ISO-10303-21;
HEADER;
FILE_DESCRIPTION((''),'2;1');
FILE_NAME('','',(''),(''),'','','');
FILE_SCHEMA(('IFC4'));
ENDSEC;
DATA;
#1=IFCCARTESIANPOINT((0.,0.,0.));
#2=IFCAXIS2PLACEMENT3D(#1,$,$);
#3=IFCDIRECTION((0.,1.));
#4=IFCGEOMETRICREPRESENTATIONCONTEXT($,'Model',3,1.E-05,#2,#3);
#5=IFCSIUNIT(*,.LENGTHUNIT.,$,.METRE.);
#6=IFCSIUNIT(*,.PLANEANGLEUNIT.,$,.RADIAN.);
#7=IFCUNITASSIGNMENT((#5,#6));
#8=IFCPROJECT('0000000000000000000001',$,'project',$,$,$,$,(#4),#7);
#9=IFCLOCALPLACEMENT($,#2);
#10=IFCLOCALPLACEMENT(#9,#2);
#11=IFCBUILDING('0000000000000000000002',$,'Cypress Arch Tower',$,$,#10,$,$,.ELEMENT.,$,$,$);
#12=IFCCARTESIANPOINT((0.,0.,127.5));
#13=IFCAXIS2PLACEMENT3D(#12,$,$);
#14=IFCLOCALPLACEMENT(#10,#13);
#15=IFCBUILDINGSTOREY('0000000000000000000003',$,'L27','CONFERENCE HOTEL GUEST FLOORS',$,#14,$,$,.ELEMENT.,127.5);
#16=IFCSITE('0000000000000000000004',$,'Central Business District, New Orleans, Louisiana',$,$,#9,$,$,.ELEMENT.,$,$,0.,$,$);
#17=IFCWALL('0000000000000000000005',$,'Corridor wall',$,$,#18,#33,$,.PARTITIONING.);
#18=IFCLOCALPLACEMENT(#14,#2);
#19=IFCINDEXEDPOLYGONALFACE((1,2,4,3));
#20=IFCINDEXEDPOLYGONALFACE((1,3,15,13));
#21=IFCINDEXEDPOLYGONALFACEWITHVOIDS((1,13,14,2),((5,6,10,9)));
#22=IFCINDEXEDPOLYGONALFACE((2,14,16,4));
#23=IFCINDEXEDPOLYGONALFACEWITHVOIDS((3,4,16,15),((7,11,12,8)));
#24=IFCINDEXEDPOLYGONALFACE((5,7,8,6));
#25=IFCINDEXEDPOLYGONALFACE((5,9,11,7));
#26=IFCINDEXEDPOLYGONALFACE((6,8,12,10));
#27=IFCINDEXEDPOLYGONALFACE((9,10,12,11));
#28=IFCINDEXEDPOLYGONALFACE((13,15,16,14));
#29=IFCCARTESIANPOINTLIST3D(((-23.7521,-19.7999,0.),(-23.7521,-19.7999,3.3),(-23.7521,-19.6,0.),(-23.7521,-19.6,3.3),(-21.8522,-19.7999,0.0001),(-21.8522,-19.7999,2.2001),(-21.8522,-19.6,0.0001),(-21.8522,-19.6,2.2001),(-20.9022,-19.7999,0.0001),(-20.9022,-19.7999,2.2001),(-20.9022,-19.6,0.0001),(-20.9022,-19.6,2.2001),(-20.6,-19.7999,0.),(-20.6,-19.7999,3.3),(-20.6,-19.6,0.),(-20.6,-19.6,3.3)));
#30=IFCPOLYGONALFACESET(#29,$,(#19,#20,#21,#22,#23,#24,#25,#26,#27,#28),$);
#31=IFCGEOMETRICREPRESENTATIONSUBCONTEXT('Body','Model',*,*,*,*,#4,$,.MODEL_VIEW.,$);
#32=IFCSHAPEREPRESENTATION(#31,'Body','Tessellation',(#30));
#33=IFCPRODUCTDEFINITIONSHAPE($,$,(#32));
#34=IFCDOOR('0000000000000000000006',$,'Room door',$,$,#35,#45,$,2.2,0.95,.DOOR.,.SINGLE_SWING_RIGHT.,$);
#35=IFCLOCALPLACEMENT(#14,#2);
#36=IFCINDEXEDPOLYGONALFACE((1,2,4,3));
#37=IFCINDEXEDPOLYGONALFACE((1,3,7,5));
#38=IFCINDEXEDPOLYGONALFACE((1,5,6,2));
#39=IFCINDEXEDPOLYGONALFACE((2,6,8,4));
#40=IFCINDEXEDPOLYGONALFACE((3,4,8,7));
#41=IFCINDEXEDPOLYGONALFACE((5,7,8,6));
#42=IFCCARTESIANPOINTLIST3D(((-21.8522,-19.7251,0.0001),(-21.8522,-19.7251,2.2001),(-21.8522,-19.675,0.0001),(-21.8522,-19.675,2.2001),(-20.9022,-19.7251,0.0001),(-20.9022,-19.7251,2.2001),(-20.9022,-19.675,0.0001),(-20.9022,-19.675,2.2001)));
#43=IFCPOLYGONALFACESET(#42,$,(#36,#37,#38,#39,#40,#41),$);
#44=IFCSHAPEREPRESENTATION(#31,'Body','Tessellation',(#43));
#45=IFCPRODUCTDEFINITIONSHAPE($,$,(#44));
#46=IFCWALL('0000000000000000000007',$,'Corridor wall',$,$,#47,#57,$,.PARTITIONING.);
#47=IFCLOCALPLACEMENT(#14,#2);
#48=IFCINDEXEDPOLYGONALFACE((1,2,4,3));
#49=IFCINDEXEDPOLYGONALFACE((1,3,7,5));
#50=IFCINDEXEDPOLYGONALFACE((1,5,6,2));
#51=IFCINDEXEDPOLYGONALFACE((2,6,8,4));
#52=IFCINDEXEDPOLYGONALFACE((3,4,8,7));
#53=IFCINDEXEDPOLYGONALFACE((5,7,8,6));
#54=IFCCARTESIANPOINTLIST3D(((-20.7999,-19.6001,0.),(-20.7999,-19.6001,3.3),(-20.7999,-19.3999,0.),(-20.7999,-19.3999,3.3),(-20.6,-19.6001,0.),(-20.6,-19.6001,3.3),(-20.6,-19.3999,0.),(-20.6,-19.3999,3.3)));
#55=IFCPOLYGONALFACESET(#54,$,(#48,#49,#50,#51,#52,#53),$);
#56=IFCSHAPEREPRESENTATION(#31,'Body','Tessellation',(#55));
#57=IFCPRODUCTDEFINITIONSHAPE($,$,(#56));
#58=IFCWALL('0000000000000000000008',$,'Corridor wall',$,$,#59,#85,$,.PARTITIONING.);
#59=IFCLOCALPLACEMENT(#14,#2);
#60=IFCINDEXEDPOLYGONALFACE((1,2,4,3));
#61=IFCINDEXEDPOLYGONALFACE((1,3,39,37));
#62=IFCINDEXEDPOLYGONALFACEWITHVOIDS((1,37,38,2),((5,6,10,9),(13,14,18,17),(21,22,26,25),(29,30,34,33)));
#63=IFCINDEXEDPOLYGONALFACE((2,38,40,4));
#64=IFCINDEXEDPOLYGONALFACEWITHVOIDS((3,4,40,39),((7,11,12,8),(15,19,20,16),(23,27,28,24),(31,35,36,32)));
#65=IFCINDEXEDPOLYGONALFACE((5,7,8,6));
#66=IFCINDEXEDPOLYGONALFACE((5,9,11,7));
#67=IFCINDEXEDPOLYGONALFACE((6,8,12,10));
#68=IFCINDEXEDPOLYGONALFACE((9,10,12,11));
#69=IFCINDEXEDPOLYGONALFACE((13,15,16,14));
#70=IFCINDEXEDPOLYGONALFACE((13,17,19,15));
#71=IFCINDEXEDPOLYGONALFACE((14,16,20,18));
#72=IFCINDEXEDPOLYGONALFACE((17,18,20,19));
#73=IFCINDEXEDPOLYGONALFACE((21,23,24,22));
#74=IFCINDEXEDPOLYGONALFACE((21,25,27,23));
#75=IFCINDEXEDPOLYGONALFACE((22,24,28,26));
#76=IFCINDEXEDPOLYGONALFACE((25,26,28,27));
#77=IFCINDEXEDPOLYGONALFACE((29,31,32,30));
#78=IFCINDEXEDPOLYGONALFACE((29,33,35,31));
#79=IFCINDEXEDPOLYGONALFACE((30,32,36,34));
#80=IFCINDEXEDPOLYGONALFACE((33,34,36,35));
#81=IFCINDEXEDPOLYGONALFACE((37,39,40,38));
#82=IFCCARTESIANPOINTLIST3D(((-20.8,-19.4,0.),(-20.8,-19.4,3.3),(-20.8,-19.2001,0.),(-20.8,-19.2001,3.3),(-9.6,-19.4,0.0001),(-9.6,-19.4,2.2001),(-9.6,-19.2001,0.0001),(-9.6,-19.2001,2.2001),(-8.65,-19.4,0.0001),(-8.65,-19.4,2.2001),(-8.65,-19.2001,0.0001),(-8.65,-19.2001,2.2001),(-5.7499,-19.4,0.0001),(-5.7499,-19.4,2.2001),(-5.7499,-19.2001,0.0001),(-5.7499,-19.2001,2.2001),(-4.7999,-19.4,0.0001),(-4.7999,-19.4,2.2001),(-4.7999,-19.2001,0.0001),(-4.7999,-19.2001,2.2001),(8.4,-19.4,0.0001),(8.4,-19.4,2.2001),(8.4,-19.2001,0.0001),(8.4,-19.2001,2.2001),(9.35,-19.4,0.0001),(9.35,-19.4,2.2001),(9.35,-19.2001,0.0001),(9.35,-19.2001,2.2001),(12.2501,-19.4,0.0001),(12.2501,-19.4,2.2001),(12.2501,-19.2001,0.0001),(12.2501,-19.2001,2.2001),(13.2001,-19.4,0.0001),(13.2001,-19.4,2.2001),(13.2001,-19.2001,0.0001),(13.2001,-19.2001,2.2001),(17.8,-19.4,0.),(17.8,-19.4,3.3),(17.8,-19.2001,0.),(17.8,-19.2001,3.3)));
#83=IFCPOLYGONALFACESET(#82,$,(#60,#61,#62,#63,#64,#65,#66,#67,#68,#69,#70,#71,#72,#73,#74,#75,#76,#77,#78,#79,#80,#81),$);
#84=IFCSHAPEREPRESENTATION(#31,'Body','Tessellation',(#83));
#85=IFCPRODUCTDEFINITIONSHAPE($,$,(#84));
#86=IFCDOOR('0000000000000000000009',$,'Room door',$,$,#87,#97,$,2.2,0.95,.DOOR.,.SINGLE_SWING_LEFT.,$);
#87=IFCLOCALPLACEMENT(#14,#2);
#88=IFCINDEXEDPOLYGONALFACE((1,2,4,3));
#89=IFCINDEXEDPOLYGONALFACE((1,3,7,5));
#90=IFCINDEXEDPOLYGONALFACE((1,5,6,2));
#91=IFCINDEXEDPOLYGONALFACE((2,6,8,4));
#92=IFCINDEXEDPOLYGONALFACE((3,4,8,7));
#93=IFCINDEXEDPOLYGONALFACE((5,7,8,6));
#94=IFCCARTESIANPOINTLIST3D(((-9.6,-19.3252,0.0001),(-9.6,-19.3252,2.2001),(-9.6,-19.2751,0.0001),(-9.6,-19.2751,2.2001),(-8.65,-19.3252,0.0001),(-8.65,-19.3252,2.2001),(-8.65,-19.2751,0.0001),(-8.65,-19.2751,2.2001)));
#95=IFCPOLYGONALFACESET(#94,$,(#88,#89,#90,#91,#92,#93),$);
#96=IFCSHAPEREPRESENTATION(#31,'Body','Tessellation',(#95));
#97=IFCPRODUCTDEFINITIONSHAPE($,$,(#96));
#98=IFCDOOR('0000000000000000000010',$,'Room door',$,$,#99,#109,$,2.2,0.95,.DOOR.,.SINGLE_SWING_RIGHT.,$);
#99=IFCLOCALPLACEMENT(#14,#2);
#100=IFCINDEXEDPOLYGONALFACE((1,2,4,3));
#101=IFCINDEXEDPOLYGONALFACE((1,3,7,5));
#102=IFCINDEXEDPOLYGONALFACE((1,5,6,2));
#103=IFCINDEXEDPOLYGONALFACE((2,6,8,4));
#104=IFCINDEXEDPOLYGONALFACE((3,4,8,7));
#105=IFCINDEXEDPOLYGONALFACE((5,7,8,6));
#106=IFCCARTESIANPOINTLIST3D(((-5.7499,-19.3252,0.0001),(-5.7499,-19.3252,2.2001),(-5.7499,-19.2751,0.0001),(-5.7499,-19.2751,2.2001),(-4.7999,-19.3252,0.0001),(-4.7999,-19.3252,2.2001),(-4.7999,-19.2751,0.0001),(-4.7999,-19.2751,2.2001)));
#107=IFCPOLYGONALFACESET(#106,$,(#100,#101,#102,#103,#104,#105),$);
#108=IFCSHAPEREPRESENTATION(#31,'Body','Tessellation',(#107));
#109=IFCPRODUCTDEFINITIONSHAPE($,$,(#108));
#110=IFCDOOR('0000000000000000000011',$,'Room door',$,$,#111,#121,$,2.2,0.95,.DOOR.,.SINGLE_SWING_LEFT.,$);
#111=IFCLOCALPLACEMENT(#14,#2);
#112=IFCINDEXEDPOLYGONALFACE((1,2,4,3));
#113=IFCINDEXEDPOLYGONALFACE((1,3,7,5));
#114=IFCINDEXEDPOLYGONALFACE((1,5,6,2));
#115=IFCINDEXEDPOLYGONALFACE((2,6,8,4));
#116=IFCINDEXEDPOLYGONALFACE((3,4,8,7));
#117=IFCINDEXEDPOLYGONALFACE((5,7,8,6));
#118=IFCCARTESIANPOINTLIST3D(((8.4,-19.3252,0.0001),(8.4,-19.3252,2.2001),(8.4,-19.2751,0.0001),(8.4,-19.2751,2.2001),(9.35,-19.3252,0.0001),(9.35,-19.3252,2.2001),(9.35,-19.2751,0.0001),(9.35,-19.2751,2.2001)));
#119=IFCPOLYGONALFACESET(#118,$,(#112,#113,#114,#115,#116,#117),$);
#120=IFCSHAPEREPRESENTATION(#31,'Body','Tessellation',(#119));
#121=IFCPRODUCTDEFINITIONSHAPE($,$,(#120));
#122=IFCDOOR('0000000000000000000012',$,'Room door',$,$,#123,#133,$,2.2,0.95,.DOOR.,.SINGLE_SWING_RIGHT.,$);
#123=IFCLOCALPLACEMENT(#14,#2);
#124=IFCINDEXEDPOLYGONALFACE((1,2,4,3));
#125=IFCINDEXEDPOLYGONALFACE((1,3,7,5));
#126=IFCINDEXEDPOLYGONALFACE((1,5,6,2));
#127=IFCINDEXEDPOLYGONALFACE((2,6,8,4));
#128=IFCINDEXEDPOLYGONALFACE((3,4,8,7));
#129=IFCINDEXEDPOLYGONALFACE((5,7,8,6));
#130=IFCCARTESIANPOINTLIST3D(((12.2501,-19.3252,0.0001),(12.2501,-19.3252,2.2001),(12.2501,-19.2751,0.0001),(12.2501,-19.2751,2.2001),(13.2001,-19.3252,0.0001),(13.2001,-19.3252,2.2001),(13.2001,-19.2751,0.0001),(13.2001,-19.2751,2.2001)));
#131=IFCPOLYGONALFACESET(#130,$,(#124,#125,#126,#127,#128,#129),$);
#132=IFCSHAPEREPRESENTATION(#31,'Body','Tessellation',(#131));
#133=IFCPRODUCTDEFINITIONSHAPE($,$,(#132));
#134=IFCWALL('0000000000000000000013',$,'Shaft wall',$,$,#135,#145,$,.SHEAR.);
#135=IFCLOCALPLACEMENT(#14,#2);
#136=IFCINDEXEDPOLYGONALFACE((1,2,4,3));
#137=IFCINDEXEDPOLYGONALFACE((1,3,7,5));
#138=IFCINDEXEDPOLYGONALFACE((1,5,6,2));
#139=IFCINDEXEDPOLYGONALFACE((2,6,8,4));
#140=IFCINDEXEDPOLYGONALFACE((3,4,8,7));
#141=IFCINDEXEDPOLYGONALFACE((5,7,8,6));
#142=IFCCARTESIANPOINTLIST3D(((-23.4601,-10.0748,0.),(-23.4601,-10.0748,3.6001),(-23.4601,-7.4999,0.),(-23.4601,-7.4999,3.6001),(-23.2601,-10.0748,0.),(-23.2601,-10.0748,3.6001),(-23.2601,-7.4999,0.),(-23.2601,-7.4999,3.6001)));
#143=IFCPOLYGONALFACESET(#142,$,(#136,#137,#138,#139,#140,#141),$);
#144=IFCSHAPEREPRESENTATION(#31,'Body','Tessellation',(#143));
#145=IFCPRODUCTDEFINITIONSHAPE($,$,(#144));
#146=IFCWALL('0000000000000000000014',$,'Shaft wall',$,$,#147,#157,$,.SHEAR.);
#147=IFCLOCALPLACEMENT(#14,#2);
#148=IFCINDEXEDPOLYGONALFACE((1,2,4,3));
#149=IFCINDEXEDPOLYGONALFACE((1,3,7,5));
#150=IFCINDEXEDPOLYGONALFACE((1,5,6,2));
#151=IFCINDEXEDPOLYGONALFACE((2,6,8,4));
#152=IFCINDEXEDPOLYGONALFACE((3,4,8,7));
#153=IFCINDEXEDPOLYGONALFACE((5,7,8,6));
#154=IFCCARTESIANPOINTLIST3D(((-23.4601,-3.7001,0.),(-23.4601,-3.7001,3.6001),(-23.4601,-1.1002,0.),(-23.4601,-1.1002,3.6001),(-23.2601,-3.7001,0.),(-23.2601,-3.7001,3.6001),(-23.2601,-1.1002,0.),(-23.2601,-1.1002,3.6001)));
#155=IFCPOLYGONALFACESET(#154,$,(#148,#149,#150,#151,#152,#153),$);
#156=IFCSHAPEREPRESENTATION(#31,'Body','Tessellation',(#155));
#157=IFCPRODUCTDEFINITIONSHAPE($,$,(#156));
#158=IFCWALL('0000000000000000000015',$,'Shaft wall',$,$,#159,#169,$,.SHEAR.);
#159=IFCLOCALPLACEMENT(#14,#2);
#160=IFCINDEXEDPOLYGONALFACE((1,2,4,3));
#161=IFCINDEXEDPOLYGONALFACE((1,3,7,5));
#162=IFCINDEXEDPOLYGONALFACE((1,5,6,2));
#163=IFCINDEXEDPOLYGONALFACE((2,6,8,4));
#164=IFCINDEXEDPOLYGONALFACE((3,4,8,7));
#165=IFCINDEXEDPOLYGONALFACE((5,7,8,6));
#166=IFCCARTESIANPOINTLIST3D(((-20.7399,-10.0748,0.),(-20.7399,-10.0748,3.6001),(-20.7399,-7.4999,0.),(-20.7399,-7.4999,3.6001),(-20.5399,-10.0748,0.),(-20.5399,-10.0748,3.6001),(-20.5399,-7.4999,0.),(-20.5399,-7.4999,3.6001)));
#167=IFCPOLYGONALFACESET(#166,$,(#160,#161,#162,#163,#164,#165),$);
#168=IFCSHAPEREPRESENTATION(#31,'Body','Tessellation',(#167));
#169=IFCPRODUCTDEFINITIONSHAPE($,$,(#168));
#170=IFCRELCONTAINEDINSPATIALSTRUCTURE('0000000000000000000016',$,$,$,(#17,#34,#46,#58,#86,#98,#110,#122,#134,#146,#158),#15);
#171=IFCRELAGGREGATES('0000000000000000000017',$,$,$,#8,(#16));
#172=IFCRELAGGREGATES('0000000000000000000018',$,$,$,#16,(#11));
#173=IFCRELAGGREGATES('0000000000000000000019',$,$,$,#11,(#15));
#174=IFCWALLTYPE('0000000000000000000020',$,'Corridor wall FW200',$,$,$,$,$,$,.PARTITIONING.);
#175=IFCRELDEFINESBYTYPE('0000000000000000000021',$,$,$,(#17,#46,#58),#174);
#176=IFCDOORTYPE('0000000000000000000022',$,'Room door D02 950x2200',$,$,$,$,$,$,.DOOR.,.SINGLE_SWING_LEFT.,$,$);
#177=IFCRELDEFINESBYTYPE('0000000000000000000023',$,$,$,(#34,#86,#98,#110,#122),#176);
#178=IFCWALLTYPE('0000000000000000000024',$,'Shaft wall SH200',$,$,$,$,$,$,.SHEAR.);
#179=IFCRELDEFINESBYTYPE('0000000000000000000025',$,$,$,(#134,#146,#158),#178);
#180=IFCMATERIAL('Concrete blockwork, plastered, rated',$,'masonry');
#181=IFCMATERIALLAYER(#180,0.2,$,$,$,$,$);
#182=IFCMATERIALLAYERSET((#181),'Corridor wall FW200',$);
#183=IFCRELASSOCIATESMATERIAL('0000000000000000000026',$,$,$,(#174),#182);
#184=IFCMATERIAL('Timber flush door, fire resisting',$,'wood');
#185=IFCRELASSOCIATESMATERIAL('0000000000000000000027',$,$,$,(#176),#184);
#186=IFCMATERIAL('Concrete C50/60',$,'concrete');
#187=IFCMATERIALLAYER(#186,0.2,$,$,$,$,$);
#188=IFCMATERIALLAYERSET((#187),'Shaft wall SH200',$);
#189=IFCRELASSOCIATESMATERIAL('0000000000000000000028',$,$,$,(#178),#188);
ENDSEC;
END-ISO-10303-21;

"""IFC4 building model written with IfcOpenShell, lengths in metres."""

from ifc_helpers import new_model, si_unit, direction, frame, frame_2d, origin, place, context, subcontext, project, spatial, rectangle, extrude, material, layer, layer_set, type_object, element, fill, save


model = new_model("IFC4")

# Units and contexts
model_context = context("Model", 3, precision=1e-05, world=origin(), true_north=direction((0.0, 1.0)))
body_context = subcontext(model_context, "Body", "Model", "MODEL_VIEW")
ifc_project = project(units=[si_unit("LENGTHUNIT", "METRE"), si_unit("PLANEANGLEUNIT", "RADIAN")], contexts=[model_context])

# Site, building, storey
site_placement = place(None, origin())
site = spatial("IfcSite", under=ifc_project, at=site_placement, Name="Central Business District, New Orleans, Louisiana", CompositionType="ELEMENT", RefElevation=0.0)
building_placement = place(site_placement, origin())
building = spatial("IfcBuilding", under=site, at=building_placement, Name="Cypress Arch Tower", CompositionType="ELEMENT")
storey_placement = place(building_placement, frame((0.0, 0.0, 127.5)))
storey = spatial("IfcBuildingStorey", under=building, at=storey_placement, Name="L27", Description="CONFERENCE HOTEL GUEST FLOORS", CompositionType="ELEMENT", Elevation=127.5)

# Wall, opening, door
ifc_material_1 = material(Name="Concrete blockwork, plastered, rated", Category="masonry")
ifc_layer_1 = layer(ifc_material_1, 0.2)
ifc_layer_set_1 = layer_set([ifc_layer_1], Name="Corridor wall FW200")
wall_type_1 = type_object("IfcWallType", Name="Corridor wall FW200", PredefinedType="PARTITIONING", material=ifc_layer_set_1)
wall_1_placement = place(storey_placement, frame((-23.7522, -19.7, 0.0), z_axis=(0.0, 0.0, 1.0), x_axis=(1.0, 0.0, 0.0)))
wall_1 = element("IfcWall", 1, at=wall_1_placement, inside=storey, type_object=wall_type_1, Name="Corridor wall", PredefinedType="PARTITIONING", context=body_context, shape_type="SweptSolid", body=[
    extrude(rectangle(XDim=3.1521, YDim=0.2, at=frame_2d((1.5762, 0.0))), origin(), (0.0, 0.0, 1.0), 3.3),
])
opening_1_placement = place(wall_1_placement, frame((1.8999, 0.0, 0.0)))
opening_1 = element("IfcOpeningElement", 2, at=opening_1_placement, cuts=wall_1, PredefinedType="OPENING", context=body_context, shape_type="SweptSolid", body=[
    extrude(rectangle(XDim=0.95, YDim=2.2, at=frame_2d((0.4751, 1.1001))), frame((0.0, 0.1099, 0.0), z_axis=(0.0, -1.0, 0.0), x_axis=(1.0, 0.0, 0.0)), (0.0, 0.0, 1.0), 0.22),
])
ifc_material_2 = material(Name="Timber flush door, fire resisting", Category="wood")
door_type_1 = type_object("IfcDoorType", Name="Room door D02 950x2200", OperationType="SINGLE_SWING_LEFT", PredefinedType="DOOR", material=ifc_material_2)
door_1_placement = place(opening_1_placement, origin())
door_1 = element("IfcDoor", 3, at=door_1_placement, inside=storey, type_object=door_type_1, Name="Room door", OperationType="SINGLE_SWING_RIGHT", OverallHeight=2.2, OverallWidth=0.95, PredefinedType="DOOR", context=body_context, shape_type="SweptSolid", body=[
    extrude(rectangle(XDim=0.95, YDim=2.2, at=frame_2d((0.4751, 1.1001))), frame((0.0, 0.0249, 0.0), z_axis=(0.0, -1.0, 0.0), x_axis=(1.0, 0.0, 0.0)), (0.0, 0.0, 1.0), 0.05),
])
fill(opening_1, door_1)

# Wall
wall_2_placement = place(storey_placement, frame((-20.7, -19.6001, 0.0), z_axis=(0.0, 0.0, 1.0), x_axis=(0.0, 1.0, 0.0)))
element("IfcWall", 4, at=wall_2_placement, inside=storey, type_object=wall_type_1, Name="Corridor wall", PredefinedType="PARTITIONING", context=body_context, shape_type="SweptSolid", body=[
    extrude(rectangle(XDim=0.2002, YDim=0.2, at=frame_2d((0.1001, 0.0))), origin(), (0.0, 0.0, 1.0), 3.3),
])

# Wall, openings, doors
wall_3_placement = place(storey_placement, frame((-20.8, -19.3, 0.0), z_axis=(0.0, 0.0, 1.0), x_axis=(1.0, 0.0, 0.0)))
wall_3 = element("IfcWall", 5, at=wall_3_placement, inside=storey, type_object=wall_type_1, Name="Corridor wall", PredefinedType="PARTITIONING", context=body_context, shape_type="SweptSolid", body=[
    extrude(rectangle(XDim=38.6001, YDim=0.2, at=frame_2d((19.3, 0.0))), origin(), (0.0, 0.0, 1.0), 3.3),
])
opening_2_placement = place(wall_3_placement, frame((11.2, 0.0, 0.0)))
opening_2 = element("IfcOpeningElement", 6, at=opening_2_placement, cuts=wall_3, PredefinedType="OPENING", context=body_context, shape_type="SweptSolid", body=[
    extrude(rectangle(XDim=0.95, YDim=2.2, at=frame_2d((0.4751, 1.1001))), frame((0.0, 0.1099, 0.0), z_axis=(0.0, -1.0, 0.0), x_axis=(1.0, 0.0, 0.0)), (0.0, 0.0, 1.0), 0.22),
])
opening_3_placement = place(wall_3_placement, frame((15.05, 0.0, 0.0)))
opening_3 = element("IfcOpeningElement", 7, at=opening_3_placement, cuts=wall_3, PredefinedType="OPENING", context=body_context, shape_type="SweptSolid", body=[
    extrude(rectangle(XDim=0.95, YDim=2.2, at=frame_2d((0.4751, 1.1001))), frame((0.0, 0.1099, 0.0), z_axis=(0.0, -1.0, 0.0), x_axis=(1.0, 0.0, 0.0)), (0.0, 0.0, 1.0), 0.22),
])
opening_4_placement = place(wall_3_placement, frame((29.2, 0.0, 0.0)))
opening_4 = element("IfcOpeningElement", 8, at=opening_4_placement, cuts=wall_3, PredefinedType="OPENING", context=body_context, shape_type="SweptSolid", body=[
    extrude(rectangle(XDim=0.95, YDim=2.2, at=frame_2d((0.4751, 1.1001))), frame((0.0, 0.1099, 0.0), z_axis=(0.0, -1.0, 0.0), x_axis=(1.0, 0.0, 0.0)), (0.0, 0.0, 1.0), 0.22),
])
opening_5_placement = place(wall_3_placement, frame((33.05, 0.0, 0.0)))
opening_5 = element("IfcOpeningElement", 9, at=opening_5_placement, cuts=wall_3, PredefinedType="OPENING", context=body_context, shape_type="SweptSolid", body=[
    extrude(rectangle(XDim=0.95, YDim=2.2, at=frame_2d((0.4751, 1.1001))), frame((0.0, 0.1099, 0.0), z_axis=(0.0, -1.0, 0.0), x_axis=(1.0, 0.0, 0.0)), (0.0, 0.0, 1.0), 0.22),
])
door_2_placement = place(opening_2_placement, origin())
door_2 = element("IfcDoor", 10, at=door_2_placement, inside=storey, type_object=door_type_1, Name="Room door", OperationType="SINGLE_SWING_LEFT", OverallHeight=2.2, OverallWidth=0.95, PredefinedType="DOOR", context=body_context, shape_type="SweptSolid", body=[
    extrude(rectangle(XDim=0.95, YDim=2.2, at=frame_2d((0.4751, 1.1001))), frame((0.0, 0.0249, 0.0), z_axis=(0.0, -1.0, 0.0), x_axis=(1.0, 0.0, 0.0)), (0.0, 0.0, 1.0), 0.05),
])
fill(opening_2, door_2)
door_3_placement = place(opening_3_placement, origin())
door_3 = element("IfcDoor", 11, at=door_3_placement, inside=storey, type_object=door_type_1, Name="Room door", OperationType="SINGLE_SWING_RIGHT", OverallHeight=2.2, OverallWidth=0.95, PredefinedType="DOOR", context=body_context, shape_type="SweptSolid", body=[
    extrude(rectangle(XDim=0.95, YDim=2.2, at=frame_2d((0.4751, 1.1001))), frame((0.0, 0.0249, 0.0), z_axis=(0.0, -1.0, 0.0), x_axis=(1.0, 0.0, 0.0)), (0.0, 0.0, 1.0), 0.05),
])
fill(opening_3, door_3)
door_4_placement = place(opening_4_placement, origin())
door_4 = element("IfcDoor", 12, at=door_4_placement, inside=storey, type_object=door_type_1, Name="Room door", OperationType="SINGLE_SWING_LEFT", OverallHeight=2.2, OverallWidth=0.95, PredefinedType="DOOR", context=body_context, shape_type="SweptSolid", body=[
    extrude(rectangle(XDim=0.95, YDim=2.2, at=frame_2d((0.4751, 1.1001))), frame((0.0, 0.0249, 0.0), z_axis=(0.0, -1.0, 0.0), x_axis=(1.0, 0.0, 0.0)), (0.0, 0.0, 1.0), 0.05),
])
fill(opening_4, door_4)
door_5_placement = place(opening_5_placement, origin())
door_5 = element("IfcDoor", 13, at=door_5_placement, inside=storey, type_object=door_type_1, Name="Room door", OperationType="SINGLE_SWING_RIGHT", OverallHeight=2.2, OverallWidth=0.95, PredefinedType="DOOR", context=body_context, shape_type="SweptSolid", body=[
    extrude(rectangle(XDim=0.95, YDim=2.2, at=frame_2d((0.4751, 1.1001))), frame((0.0, 0.0249, 0.0), z_axis=(0.0, -1.0, 0.0), x_axis=(1.0, 0.0, 0.0)), (0.0, 0.0, 1.0), 0.05),
])
fill(opening_5, door_5)

# Walls
ifc_material_3 = material(Name="Concrete C50/60", Category="concrete")
ifc_layer_2 = layer(ifc_material_3, 0.2)
ifc_layer_set_2 = layer_set([ifc_layer_2], Name="Shaft wall SH200")
wall_type_2 = type_object("IfcWallType", Name="Shaft wall SH200", PredefinedType="SHEAR", material=ifc_layer_set_2)
wall_4_placement = place(storey_placement, frame((-23.3601, -10.075, 0.0), z_axis=(0.0, 0.0, 1.0), x_axis=(0.0, 1.0, 0.0)))
element("IfcWall", 14, at=wall_4_placement, inside=storey, type_object=wall_type_2, Name="Shaft wall", PredefinedType="SHEAR", context=body_context, shape_type="SweptSolid", body=[
    extrude(rectangle(XDim=2.575, YDim=0.2, at=frame_2d((1.2876, 0.0))), origin(), (0.0, 0.0, 1.0), 3.6001),
])
wall_5_placement = place(storey_placement, frame((-23.3601, -3.7, 0.0), z_axis=(0.0, 0.0, 1.0), x_axis=(0.0, 1.0, 0.0)))
element("IfcWall", 15, at=wall_5_placement, inside=storey, type_object=wall_type_2, Name="Shaft wall", PredefinedType="SHEAR", context=body_context, shape_type="SweptSolid", body=[
    extrude(rectangle(XDim=2.5999, YDim=0.2, at=frame_2d((1.2998, 0.0))), origin(), (0.0, 0.0, 1.0), 3.6001),
])
wall_6_placement = place(storey_placement, frame((-20.6399, -10.075, 0.0), z_axis=(0.0, 0.0, 1.0), x_axis=(0.0, 1.0, 0.0)))
element("IfcWall", 16, at=wall_6_placement, inside=storey, type_object=wall_type_2, Name="Shaft wall", PredefinedType="SHEAR", context=body_context, shape_type="SweptSolid", body=[
    extrude(rectangle(XDim=2.575, YDim=0.2, at=frame_2d((1.2876, 0.0))), origin(), (0.0, 0.0, 1.0), 3.6001),
])

save(model, "model.ifc")
